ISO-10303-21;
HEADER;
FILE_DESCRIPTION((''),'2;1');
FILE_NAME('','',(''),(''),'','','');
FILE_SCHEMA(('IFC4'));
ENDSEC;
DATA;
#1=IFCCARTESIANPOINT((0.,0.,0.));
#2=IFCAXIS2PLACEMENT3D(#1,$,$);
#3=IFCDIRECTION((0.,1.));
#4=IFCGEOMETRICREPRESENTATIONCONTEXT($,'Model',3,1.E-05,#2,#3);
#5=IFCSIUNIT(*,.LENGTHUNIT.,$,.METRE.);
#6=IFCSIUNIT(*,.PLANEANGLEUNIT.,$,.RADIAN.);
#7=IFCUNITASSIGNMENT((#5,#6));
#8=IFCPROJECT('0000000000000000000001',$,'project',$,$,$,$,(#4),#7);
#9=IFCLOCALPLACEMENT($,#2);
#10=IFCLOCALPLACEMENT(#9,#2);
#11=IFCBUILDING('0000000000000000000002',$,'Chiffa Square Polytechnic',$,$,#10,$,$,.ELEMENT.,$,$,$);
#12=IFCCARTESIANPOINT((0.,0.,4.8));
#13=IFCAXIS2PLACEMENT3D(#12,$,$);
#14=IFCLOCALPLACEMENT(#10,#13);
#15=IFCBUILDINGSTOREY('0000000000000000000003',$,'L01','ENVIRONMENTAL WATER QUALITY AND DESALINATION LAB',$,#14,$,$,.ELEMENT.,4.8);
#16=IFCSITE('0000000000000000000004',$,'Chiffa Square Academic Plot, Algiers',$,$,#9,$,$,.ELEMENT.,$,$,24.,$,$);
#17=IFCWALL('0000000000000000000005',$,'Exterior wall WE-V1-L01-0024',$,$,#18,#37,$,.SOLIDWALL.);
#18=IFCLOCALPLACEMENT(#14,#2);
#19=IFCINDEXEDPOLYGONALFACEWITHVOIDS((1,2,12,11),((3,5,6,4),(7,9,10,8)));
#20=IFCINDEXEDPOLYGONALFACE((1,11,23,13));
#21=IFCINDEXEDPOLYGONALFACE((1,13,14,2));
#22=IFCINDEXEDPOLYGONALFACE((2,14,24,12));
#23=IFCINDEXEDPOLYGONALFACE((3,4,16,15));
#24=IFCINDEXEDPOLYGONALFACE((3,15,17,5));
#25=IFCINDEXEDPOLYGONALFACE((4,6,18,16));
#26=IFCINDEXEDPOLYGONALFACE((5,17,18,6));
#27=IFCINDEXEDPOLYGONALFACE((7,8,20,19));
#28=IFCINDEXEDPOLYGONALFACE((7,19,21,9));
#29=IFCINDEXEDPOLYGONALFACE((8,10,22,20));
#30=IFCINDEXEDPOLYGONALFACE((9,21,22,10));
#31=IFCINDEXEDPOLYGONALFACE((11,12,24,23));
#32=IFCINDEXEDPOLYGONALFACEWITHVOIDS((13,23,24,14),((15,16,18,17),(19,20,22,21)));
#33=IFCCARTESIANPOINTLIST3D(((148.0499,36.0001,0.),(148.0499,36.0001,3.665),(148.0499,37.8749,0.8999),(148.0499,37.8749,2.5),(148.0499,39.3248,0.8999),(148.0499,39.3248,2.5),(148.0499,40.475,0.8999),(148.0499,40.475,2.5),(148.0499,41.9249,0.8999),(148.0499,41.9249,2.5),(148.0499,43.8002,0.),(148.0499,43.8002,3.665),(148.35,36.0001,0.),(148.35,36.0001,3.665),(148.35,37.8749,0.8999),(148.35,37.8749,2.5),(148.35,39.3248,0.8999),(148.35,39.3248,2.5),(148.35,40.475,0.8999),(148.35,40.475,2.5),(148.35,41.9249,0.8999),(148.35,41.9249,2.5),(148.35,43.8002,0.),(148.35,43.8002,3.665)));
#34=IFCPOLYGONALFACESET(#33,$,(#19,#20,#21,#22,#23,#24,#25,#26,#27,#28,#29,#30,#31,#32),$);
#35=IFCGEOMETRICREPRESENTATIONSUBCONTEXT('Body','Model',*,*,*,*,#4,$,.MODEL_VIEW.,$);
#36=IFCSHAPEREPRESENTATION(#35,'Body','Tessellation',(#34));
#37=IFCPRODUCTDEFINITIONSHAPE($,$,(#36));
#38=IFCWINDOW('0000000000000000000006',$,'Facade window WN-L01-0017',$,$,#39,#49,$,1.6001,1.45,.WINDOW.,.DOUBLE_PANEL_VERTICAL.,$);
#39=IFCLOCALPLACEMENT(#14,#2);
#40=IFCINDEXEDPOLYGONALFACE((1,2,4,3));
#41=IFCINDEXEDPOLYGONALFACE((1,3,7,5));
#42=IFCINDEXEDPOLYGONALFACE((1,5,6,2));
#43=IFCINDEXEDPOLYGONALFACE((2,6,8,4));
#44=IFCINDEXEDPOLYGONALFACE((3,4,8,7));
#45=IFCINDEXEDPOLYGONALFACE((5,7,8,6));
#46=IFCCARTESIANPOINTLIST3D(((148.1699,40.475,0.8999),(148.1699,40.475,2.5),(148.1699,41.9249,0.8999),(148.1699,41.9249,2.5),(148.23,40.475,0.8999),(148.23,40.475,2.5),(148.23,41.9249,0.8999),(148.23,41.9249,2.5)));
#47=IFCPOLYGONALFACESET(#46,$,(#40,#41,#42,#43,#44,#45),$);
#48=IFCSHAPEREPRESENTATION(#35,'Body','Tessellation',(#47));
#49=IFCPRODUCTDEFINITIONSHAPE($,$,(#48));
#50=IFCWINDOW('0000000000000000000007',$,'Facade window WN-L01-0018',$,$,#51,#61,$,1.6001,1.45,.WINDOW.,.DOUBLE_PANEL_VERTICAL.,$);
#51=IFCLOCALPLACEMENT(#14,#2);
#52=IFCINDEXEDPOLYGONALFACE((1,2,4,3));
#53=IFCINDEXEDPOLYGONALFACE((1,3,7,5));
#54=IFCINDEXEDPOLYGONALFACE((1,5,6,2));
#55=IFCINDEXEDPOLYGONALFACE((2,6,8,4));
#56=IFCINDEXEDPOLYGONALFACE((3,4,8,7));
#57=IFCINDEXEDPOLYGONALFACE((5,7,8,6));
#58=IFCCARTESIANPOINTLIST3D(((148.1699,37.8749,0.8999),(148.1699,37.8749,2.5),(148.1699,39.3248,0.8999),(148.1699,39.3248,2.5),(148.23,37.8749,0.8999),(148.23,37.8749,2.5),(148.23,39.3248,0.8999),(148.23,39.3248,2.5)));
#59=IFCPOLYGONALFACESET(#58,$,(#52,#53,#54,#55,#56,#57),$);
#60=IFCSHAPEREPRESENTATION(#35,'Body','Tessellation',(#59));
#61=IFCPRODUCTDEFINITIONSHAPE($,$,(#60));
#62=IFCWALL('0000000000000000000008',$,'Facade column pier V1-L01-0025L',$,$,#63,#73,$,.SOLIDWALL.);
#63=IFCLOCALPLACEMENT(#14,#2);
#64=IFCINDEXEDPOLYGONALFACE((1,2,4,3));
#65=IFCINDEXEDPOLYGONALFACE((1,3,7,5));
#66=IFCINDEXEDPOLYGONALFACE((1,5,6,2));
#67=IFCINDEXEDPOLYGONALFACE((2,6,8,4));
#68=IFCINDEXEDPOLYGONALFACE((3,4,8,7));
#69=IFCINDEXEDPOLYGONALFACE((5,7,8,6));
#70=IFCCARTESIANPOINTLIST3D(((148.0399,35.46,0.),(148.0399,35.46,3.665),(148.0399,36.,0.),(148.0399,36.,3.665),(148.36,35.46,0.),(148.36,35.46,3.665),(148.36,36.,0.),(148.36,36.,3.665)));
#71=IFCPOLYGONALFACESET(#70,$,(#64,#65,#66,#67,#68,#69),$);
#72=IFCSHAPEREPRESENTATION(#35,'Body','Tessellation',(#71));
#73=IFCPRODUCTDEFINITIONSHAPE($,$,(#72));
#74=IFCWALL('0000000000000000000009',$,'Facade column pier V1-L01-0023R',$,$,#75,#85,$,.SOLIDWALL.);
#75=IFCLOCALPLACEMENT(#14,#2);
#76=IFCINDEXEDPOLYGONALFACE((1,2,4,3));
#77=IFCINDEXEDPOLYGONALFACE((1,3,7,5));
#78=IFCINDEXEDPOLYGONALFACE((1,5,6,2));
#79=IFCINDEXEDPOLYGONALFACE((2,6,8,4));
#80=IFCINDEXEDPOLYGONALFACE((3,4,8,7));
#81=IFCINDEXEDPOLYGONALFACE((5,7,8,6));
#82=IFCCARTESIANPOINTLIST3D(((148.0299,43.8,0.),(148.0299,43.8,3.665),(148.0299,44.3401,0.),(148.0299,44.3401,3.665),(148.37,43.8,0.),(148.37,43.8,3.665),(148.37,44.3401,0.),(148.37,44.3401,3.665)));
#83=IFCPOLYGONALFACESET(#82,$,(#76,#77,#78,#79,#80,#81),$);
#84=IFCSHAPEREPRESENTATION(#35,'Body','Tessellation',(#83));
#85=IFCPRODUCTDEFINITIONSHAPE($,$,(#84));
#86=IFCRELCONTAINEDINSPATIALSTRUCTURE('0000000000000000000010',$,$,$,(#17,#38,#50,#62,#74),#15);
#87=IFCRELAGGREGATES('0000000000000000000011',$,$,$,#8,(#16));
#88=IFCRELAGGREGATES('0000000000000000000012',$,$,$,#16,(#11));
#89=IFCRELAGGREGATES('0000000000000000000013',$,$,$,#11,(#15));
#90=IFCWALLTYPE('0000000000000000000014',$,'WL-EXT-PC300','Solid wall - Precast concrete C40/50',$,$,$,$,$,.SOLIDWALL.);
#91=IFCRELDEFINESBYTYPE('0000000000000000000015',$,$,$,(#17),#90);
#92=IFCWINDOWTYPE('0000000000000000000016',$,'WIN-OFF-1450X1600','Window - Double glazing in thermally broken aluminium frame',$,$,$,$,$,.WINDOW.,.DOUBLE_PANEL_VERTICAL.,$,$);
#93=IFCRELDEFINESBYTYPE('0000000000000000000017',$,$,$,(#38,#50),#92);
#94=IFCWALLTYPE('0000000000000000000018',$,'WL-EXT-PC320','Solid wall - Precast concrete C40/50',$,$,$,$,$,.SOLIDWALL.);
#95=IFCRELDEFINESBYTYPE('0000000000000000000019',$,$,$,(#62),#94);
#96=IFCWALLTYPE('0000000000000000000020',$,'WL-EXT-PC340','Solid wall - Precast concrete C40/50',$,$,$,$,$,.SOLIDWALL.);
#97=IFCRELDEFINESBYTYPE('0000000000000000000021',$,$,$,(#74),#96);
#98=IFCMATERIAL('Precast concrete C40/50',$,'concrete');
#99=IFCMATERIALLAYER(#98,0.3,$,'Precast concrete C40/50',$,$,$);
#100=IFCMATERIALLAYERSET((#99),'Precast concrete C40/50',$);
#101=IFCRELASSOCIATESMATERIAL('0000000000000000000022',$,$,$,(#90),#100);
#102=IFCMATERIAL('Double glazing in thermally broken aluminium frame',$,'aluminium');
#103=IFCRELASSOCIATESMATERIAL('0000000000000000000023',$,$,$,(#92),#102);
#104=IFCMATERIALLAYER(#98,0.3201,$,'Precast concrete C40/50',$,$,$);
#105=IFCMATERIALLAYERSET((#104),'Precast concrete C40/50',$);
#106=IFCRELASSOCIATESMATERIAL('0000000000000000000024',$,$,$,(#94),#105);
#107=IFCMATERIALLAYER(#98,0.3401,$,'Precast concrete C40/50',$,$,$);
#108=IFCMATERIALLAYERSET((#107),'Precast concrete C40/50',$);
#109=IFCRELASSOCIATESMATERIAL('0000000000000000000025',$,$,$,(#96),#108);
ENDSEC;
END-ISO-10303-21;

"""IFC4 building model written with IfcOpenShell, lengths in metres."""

from ifc_helpers import new_model, si_unit, direction, frame, frame_2d, origin, place, context, subcontext, project, spatial, rectangle, extrude, material, layer, layer_set, type_object, element, fill, save


model = new_model("IFC4")

# Units and contexts
model_context = context("Model", 3, precision=1e-05, world=origin(), true_north=direction((0.0, 1.0)))
body_context = subcontext(model_context, "Body", "Model", "MODEL_VIEW")
ifc_project = project(units=[si_unit("LENGTHUNIT", "METRE"), si_unit("PLANEANGLEUNIT", "RADIAN")], contexts=[model_context])

# Site, building, storey
site_placement = place(None, origin())
site = spatial("IfcSite", under=ifc_project, at=site_placement, Name="Chiffa Square Academic Plot, Algiers", CompositionType="ELEMENT", RefElevation=24.0)
building_placement = place(site_placement, origin())
building = spatial("IfcBuilding", under=site, at=building_placement, Name="Chiffa Square Polytechnic", CompositionType="ELEMENT")
storey_placement = place(building_placement, frame((0.0, 0.0, 4.8)))
storey = spatial("IfcBuildingStorey", under=building, at=storey_placement, Name="L01", Description="ENVIRONMENTAL WATER QUALITY AND DESALINATION LAB", CompositionType="ELEMENT", Elevation=4.8)

# Wall, openings, windows
ifc_material_1 = material(Name="Precast concrete C40/50", Category="concrete")
ifc_layer_1 = layer(ifc_material_1, 0.3, Name="Precast concrete C40/50")
ifc_layer_set_1 = layer_set([ifc_layer_1], Name="Precast concrete C40/50")
wall_type_1 = type_object("IfcWallType", Name="WL-EXT-PC300", Description="Solid wall - Precast concrete C40/50", PredefinedType="SOLIDWALL", material=ifc_layer_set_1)
wall_1_placement = place(storey_placement, frame((148.2, 43.8, 0.0), z_axis=(0.0, 0.0, 1.0), x_axis=(0.0, -1.0, 0.0)))
wall_1 = element("IfcWall", 1, at=wall_1_placement, inside=storey, type_object=wall_type_1, Name="Exterior wall WE-V1-L01-0024", PredefinedType="SOLIDWALL", context=body_context, shape_type="SweptSolid", body=[
    extrude(rectangle(XDim=7.8, YDim=0.3, at=frame_2d((3.8999, 0.0))), origin(), (0.0, 0.0, 1.0), 3.665),
])
opening_1_placement = place(wall_1_placement, frame((1.875, 0.0, 0.8999)))
opening_1 = element("IfcOpeningElement", 2, at=opening_1_placement, cuts=wall_1, PredefinedType="OPENING", context=body_context, shape_type="SweptSolid", body=[
    extrude(rectangle(XDim=1.45, YDim=1.6001, at=frame_2d((0.7251, 0.8))), frame((0.0, 0.1602, 0.0), z_axis=(0.0, -1.0, 0.0), x_axis=(1.0, 0.0, 0.0)), (0.0, 0.0, 1.0), 0.3201),
])
opening_2_placement = place(wall_1_placement, frame((4.4751, 0.0, 0.8999)))
opening_2 = element("IfcOpeningElement", 3, at=opening_2_placement, cuts=wall_1, PredefinedType="OPENING", context=body_context, shape_type="SweptSolid", body=[
    extrude(rectangle(XDim=1.45, YDim=1.6001, at=frame_2d((0.7251, 0.8))), frame((0.0, 0.1602, 0.0), z_axis=(0.0, -1.0, 0.0), x_axis=(1.0, 0.0, 0.0)), (0.0, 0.0, 1.0), 0.3201),
])
ifc_material_2 = material(Name="Double glazing in thermally broken aluminium frame", Category="aluminium")
window_type = type_object("IfcWindowType", Name="WIN-OFF-1450X1600", Description="Window - Double glazing in thermally broken aluminium frame", PartitioningType="DOUBLE_PANEL_VERTICAL", PredefinedType="WINDOW", material=ifc_material_2)
window_1_placement = place(opening_1_placement, origin())
window_1 = element("IfcWindow", 4, at=window_1_placement, inside=storey, type_object=window_type, Name="Facade window WN-L01-0017", OverallHeight=1.6001, OverallWidth=1.45, PartitioningType="DOUBLE_PANEL_VERTICAL", PredefinedType="WINDOW", context=body_context, shape_type="SweptSolid", body=[
    extrude(rectangle(XDim=1.45, YDim=1.6001, at=frame_2d((0.7251, 0.8))), frame((0.0, 0.03, 0.0), z_axis=(0.0, -1.0, 0.0), x_axis=(1.0, 0.0, 0.0)), (0.0, 0.0, 1.0), 0.0601),
])
fill(opening_1, window_1)
window_2_placement = place(opening_2_placement, origin())
window_2 = element("IfcWindow", 5, at=window_2_placement, inside=storey, type_object=window_type, Name="Facade window WN-L01-0018", OverallHeight=1.6001, OverallWidth=1.45, PartitioningType="DOUBLE_PANEL_VERTICAL", PredefinedType="WINDOW", context=body_context, shape_type="SweptSolid", body=[
    extrude(rectangle(XDim=1.45, YDim=1.6001, at=frame_2d((0.7251, 0.8))), frame((0.0, 0.03, 0.0), z_axis=(0.0, -1.0, 0.0), x_axis=(1.0, 0.0, 0.0)), (0.0, 0.0, 1.0), 0.0601),
])
fill(opening_2, window_2)

# Walls
ifc_layer_2 = layer(ifc_material_1, 0.3201, Name="Precast concrete C40/50")
ifc_layer_set_2 = layer_set([ifc_layer_2], Name="Precast concrete C40/50")
wall_type_2 = type_object("IfcWallType", Name="WL-EXT-PC320", Description="Solid wall - Precast concrete C40/50", PredefinedType="SOLIDWALL", material=ifc_layer_set_2)
wall_2_placement = place(storey_placement, frame((148.2, 36.0, 0.0), z_axis=(0.0, 0.0, 1.0), x_axis=(0.0, -1.0, 0.0)))
element("IfcWall", 6, at=wall_2_placement, inside=storey, type_object=wall_type_2, Name="Facade column pier V1-L01-0025L", PredefinedType="SOLIDWALL", context=body_context, shape_type="SweptSolid", body=[
    extrude(rectangle(XDim=0.54, YDim=0.3201, at=frame_2d((0.27, 0.0))), origin(), (0.0, 0.0, 1.0), 3.665),
])
ifc_layer_3 = layer(ifc_material_1, 0.3401, Name="Precast concrete C40/50")
ifc_layer_set_3 = layer_set([ifc_layer_3], Name="Precast concrete C40/50")
wall_type_3 = type_object("IfcWallType", Name="WL-EXT-PC340", Description="Solid wall - Precast concrete C40/50", PredefinedType="SOLIDWALL", material=ifc_layer_set_3)
wall_3_placement = place(storey_placement, frame((148.2, 44.3401, 0.0), z_axis=(0.0, 0.0, 1.0), x_axis=(0.0, -1.0, 0.0)))
element("IfcWall", 7, at=wall_3_placement, inside=storey, type_object=wall_type_3, Name="Facade column pier V1-L01-0023R", PredefinedType="SOLIDWALL", context=body_context, shape_type="SweptSolid", body=[
    extrude(rectangle(XDim=0.54, YDim=0.3401, at=frame_2d((0.27, 0.0))), origin(), (0.0, 0.0, 1.0), 3.665),
])

save(model, "model.ifc")
